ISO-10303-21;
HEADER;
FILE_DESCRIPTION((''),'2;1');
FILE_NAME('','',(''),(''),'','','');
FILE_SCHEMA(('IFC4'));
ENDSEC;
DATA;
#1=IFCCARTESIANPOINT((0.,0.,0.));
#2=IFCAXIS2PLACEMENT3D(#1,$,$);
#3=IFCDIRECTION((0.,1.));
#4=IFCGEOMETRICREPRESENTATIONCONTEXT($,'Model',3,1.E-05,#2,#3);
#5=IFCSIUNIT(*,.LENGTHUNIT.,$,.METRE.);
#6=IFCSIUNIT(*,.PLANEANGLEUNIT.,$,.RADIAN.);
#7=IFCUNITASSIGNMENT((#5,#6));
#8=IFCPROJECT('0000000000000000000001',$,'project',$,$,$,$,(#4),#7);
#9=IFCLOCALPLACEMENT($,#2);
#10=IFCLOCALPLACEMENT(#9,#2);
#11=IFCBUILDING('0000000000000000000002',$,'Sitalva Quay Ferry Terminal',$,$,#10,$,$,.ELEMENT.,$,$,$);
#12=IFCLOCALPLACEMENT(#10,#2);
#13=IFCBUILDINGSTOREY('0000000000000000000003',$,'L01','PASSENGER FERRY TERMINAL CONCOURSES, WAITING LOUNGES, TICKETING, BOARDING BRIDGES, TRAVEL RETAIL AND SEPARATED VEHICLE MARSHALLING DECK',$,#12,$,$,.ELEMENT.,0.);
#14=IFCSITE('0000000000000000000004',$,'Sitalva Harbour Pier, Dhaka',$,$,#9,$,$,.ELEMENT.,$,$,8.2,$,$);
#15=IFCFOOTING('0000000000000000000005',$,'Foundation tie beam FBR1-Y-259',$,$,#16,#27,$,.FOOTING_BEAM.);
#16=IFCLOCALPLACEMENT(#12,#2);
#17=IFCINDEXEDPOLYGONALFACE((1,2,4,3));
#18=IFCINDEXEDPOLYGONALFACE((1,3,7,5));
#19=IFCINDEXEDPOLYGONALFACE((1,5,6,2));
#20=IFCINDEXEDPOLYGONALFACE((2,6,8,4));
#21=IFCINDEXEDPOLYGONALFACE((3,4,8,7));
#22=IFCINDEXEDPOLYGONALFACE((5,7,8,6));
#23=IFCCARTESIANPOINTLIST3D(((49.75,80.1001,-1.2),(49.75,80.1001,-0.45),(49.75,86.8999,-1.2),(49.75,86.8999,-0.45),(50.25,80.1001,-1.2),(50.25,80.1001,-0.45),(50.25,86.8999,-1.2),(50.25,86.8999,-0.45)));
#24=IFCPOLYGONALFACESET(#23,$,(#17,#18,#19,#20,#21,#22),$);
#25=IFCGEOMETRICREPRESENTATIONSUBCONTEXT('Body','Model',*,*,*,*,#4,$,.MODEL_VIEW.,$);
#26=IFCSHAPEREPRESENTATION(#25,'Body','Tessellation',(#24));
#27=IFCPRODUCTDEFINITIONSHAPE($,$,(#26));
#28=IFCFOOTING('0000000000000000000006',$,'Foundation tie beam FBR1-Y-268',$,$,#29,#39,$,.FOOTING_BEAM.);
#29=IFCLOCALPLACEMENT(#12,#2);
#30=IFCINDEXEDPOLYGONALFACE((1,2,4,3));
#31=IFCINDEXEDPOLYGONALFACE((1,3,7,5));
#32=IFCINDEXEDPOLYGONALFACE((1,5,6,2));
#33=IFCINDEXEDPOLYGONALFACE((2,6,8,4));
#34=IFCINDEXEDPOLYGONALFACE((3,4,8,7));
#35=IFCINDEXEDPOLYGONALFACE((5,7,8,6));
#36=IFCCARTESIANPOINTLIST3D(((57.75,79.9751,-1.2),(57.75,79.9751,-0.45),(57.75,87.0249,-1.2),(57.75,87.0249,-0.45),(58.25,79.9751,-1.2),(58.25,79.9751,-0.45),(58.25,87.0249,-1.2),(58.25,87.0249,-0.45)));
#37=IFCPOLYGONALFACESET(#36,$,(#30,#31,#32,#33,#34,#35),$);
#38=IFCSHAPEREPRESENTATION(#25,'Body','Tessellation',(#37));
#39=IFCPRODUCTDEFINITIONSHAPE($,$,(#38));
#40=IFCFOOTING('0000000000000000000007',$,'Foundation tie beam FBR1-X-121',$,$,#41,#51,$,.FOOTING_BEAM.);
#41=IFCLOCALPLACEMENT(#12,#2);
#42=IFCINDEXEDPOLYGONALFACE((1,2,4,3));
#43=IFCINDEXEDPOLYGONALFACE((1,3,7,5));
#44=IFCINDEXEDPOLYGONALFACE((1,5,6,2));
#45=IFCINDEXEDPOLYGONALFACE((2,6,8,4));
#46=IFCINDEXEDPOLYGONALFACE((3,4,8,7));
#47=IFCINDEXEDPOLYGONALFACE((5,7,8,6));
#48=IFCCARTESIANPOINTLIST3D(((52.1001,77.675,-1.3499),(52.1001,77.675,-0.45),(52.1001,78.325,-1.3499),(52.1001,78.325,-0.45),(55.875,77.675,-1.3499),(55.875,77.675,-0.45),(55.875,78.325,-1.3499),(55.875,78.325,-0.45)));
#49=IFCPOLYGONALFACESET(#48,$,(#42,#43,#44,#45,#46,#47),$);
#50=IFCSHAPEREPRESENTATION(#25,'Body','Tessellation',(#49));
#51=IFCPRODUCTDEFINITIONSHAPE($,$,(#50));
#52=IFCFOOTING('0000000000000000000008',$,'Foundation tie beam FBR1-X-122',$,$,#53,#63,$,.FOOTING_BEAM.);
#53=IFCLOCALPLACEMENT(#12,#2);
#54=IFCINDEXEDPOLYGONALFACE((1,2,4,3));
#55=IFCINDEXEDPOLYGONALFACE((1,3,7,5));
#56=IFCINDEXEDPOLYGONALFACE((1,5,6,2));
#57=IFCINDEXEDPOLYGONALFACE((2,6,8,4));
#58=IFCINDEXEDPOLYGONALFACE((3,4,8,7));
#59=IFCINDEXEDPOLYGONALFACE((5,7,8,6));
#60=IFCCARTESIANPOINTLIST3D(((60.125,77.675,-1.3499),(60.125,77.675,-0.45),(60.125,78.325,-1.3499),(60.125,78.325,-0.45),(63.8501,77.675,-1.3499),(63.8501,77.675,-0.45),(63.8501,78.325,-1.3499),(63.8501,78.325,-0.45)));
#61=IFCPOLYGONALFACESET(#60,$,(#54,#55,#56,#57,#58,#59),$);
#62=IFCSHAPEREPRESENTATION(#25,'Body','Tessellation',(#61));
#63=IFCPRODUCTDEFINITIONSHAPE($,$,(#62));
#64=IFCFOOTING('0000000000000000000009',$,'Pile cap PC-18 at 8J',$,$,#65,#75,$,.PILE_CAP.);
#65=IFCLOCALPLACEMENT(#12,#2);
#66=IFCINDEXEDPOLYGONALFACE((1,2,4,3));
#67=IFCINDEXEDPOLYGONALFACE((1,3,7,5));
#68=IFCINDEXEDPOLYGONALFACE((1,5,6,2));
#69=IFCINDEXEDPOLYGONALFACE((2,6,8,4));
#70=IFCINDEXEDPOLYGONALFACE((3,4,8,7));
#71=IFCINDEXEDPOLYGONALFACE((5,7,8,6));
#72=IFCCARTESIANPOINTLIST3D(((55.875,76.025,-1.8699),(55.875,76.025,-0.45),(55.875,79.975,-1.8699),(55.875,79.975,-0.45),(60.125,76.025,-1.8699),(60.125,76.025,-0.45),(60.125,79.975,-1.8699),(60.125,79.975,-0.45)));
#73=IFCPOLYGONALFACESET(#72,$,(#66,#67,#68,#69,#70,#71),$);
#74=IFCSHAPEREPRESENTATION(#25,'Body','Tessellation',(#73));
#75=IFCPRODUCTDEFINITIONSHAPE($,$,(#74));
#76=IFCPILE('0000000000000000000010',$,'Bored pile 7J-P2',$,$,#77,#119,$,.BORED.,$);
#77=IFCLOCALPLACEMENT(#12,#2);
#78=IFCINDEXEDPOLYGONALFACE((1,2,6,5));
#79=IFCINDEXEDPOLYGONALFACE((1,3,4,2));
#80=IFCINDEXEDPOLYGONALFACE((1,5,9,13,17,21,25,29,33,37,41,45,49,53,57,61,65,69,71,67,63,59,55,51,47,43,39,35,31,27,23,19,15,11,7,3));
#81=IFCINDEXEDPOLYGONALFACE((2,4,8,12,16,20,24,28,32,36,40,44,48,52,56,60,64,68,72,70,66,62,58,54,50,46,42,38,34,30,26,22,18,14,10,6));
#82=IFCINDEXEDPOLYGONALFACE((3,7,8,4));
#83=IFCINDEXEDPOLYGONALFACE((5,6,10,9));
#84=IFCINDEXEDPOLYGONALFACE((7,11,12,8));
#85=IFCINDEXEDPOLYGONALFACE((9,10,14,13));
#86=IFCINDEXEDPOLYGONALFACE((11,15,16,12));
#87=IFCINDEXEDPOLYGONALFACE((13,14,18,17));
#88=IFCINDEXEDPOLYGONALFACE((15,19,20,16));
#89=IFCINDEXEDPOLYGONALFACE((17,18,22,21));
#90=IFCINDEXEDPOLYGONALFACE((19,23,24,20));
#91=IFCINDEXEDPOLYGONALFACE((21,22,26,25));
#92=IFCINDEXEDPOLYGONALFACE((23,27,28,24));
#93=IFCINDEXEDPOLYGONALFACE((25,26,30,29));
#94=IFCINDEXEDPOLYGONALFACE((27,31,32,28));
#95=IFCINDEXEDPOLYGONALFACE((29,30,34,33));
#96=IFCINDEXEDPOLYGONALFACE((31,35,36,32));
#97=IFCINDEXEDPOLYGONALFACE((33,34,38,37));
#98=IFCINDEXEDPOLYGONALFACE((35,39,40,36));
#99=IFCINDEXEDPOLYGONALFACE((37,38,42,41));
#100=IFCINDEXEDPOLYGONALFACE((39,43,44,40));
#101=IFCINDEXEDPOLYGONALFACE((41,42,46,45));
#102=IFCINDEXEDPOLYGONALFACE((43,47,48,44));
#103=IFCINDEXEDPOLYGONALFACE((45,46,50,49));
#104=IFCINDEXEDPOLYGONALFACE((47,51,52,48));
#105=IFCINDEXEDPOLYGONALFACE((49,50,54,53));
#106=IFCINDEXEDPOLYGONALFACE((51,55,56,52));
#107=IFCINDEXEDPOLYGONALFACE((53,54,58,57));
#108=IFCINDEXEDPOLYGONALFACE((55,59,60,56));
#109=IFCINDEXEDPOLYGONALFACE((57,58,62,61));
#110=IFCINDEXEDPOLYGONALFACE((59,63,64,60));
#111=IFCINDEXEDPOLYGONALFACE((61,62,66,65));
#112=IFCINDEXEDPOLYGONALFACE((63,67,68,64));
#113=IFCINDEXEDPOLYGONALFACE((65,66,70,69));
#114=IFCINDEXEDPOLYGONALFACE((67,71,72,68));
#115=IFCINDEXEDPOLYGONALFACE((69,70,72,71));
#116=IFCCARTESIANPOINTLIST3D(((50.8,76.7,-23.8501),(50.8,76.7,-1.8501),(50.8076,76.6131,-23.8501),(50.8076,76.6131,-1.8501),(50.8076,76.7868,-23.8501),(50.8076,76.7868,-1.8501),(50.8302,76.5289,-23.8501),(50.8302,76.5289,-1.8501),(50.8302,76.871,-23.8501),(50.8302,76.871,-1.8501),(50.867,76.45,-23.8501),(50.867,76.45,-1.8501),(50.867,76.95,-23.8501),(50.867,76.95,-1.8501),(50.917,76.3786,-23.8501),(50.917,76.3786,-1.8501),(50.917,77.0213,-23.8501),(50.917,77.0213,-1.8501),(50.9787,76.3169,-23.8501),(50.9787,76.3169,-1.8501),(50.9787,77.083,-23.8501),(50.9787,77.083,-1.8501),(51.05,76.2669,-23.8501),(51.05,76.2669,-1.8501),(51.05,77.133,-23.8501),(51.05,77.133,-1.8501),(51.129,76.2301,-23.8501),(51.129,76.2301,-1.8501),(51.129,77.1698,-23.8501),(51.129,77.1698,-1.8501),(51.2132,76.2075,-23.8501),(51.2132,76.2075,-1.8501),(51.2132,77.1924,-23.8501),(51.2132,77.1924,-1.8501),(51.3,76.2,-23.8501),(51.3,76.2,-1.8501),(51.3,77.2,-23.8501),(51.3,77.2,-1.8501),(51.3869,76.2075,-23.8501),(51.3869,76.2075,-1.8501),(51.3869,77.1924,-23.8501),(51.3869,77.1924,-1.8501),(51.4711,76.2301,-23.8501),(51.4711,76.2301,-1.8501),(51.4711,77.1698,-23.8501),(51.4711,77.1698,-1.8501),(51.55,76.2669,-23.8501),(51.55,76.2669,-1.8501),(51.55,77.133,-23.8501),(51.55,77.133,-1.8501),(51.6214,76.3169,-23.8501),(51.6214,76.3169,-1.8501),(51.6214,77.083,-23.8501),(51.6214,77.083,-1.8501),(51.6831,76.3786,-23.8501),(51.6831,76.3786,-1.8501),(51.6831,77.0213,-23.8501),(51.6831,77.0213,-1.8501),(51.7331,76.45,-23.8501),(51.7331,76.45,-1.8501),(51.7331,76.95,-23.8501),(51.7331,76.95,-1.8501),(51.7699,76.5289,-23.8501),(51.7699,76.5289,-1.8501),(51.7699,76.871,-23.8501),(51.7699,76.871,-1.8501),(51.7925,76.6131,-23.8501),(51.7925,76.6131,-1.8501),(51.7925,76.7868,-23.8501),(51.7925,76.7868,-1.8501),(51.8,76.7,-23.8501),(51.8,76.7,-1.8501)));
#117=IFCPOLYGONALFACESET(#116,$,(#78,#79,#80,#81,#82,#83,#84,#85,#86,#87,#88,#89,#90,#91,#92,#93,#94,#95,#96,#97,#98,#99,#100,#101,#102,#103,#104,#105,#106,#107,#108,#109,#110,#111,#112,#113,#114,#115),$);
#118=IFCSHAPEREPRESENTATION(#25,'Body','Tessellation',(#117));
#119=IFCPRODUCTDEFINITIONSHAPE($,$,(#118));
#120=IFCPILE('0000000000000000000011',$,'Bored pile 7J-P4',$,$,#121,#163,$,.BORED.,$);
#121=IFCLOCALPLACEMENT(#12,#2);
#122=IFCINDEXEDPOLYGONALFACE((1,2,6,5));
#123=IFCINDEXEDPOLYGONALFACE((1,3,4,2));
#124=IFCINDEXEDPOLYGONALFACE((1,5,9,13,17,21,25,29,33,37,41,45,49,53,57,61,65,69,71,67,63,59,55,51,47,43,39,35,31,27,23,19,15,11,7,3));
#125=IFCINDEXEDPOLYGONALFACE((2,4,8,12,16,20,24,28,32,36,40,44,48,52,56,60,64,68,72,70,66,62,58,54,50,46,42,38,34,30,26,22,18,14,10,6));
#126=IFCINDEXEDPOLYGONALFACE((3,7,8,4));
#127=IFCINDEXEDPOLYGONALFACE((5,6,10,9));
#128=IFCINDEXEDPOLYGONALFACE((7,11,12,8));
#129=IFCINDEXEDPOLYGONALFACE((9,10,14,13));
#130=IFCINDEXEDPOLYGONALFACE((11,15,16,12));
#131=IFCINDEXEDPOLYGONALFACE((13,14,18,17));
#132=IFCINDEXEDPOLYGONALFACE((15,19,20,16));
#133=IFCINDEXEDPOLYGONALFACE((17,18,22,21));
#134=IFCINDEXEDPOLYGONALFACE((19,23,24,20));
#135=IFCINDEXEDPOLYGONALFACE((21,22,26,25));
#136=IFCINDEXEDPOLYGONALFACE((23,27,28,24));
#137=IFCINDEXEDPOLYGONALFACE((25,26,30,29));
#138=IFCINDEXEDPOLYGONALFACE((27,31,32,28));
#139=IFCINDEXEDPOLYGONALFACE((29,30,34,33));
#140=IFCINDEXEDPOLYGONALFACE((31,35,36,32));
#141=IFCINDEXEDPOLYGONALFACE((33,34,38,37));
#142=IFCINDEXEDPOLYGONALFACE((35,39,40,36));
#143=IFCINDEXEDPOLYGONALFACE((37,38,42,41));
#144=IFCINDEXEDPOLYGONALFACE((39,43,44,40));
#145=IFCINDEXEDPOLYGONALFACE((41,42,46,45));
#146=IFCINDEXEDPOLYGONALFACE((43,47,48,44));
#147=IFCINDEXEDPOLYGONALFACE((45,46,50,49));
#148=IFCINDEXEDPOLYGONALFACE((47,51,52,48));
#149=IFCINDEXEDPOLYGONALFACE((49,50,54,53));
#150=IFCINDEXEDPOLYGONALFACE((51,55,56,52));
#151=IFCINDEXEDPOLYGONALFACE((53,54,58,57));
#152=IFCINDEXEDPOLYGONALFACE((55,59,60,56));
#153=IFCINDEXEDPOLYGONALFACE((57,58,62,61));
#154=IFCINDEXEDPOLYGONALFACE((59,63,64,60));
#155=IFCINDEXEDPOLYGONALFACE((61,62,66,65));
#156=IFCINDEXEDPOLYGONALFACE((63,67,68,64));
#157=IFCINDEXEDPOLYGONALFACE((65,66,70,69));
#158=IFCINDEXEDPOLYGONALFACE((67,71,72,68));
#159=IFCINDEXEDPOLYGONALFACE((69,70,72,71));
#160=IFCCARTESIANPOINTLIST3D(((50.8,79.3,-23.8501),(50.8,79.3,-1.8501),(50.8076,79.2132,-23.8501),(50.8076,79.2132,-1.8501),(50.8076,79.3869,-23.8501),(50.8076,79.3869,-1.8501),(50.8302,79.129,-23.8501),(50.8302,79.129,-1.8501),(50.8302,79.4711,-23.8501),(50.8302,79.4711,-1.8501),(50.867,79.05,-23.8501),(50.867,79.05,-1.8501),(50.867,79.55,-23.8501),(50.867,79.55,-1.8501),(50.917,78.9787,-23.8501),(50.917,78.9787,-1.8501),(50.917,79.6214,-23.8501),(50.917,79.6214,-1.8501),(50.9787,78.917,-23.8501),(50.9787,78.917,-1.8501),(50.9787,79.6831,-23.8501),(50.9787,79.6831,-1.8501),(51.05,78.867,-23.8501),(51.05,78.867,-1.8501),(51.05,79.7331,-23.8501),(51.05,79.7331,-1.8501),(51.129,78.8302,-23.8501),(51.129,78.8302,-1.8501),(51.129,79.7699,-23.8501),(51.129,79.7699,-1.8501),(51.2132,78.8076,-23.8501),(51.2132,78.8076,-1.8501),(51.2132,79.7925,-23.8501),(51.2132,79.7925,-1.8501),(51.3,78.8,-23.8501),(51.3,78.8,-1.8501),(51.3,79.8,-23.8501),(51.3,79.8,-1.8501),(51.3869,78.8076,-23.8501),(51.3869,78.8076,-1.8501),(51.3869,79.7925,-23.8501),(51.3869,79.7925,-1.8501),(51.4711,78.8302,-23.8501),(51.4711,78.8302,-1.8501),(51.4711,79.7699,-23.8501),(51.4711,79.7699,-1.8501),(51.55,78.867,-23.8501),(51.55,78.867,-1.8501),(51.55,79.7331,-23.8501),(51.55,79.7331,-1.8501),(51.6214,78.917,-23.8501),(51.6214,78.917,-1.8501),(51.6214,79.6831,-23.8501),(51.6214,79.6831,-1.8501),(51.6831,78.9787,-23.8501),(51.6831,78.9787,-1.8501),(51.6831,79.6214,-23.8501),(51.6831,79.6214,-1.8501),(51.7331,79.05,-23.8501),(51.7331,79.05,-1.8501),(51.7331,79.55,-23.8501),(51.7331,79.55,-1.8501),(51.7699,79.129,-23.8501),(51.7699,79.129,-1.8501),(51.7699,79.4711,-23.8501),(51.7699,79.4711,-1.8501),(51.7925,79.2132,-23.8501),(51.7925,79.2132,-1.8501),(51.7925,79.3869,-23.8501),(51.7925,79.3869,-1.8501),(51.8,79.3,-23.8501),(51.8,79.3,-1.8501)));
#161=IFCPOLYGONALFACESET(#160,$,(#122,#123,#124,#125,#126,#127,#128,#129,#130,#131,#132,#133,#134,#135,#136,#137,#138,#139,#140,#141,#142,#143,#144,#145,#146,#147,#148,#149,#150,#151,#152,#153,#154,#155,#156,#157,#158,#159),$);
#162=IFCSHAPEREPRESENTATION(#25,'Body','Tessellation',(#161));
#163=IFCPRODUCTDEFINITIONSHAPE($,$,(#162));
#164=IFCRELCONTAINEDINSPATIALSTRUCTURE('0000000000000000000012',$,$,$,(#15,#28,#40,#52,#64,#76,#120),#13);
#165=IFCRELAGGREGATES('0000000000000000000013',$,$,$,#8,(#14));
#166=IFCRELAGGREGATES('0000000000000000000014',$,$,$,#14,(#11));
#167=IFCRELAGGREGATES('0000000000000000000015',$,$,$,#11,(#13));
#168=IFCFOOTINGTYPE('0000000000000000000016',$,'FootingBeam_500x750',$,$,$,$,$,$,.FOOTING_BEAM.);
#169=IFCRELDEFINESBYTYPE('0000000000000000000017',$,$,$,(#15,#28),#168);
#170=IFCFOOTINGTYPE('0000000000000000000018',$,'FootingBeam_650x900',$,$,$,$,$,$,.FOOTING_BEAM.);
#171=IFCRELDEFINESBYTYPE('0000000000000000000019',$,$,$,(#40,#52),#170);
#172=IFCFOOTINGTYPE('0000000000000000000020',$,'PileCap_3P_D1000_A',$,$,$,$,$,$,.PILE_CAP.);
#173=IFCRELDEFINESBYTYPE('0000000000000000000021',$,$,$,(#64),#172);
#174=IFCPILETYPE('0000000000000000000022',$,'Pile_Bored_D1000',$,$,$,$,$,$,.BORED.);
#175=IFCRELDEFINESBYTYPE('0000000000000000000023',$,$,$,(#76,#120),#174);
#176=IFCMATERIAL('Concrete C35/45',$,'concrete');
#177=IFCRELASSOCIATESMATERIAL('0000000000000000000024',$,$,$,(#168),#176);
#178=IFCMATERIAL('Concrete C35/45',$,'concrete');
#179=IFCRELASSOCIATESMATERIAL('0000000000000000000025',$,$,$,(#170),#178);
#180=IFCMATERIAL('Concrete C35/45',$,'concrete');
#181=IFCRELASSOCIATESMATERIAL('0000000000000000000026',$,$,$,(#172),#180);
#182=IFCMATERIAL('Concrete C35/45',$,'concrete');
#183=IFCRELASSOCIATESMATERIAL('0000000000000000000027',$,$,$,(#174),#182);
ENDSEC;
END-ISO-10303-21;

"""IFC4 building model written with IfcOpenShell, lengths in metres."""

from ifc_helpers import new_model, si_unit, direction, frame, origin, origin_2d, place, context, subcontext, project, spatial, rectangle, circle, extrude, material, material_profile, profile_set, type_object, element, save


model = new_model("IFC4")

# Units and contexts
model_context = context("Model", 3, precision=1e-05, world=origin(), true_north=direction((0.0, 1.0)))
body_context = subcontext(model_context, "Body", "Model", "MODEL_VIEW")
ifc_project = project(units=[si_unit("LENGTHUNIT", "METRE"), si_unit("PLANEANGLEUNIT", "RADIAN")], contexts=[model_context])

# Site, building, storey
site_placement = place(None, origin())
site = spatial("IfcSite", under=ifc_project, at=site_placement, Name="Sitalva Harbour Pier, Dhaka", CompositionType="ELEMENT", RefElevation=8.2)
building_placement = place(site_placement, origin())
building = spatial("IfcBuilding", under=site, at=building_placement, Name="Sitalva Quay Ferry Terminal", CompositionType="ELEMENT")
storey_placement = place(building_placement, origin())
storey = spatial("IfcBuildingStorey", under=building, at=storey_placement, Name="L01", Description="PASSENGER FERRY TERMINAL CONCOURSES, WAITING LOUNGES, TICKETING, BOARDING BRIDGES, TRAVEL RETAIL AND SEPARATED VEHICLE MARSHALLING DECK", CompositionType="ELEMENT", Elevation=0.0)

# Footings
ifc_material_1 = material(Name="Concrete C35/45", Category="concrete")
ifc_material_profile_1 = material_profile(ifc_material_1, rectangle(XDim=0.5, YDim=0.75, at=origin_2d()), Name="RC500x750")
ifc_profile_set_1 = profile_set([ifc_material_profile_1], Name="Concrete C35/45")
footing_type_1 = type_object("IfcFootingType", Name="FootingBeam_500x750", PredefinedType="FOOTING_BEAM", material=ifc_profile_set_1)
footing_1_placement = place(storey_placement, frame((50.0, 80.1001, -0.825), z_axis=(0.0, 1.0, 0.0), x_axis=(-1.0, 0.0, 0.0)))
element("IfcFooting", 1, at=footing_1_placement, inside=storey, type_object=footing_type_1, Name="Foundation tie beam FBR1-Y-259", PredefinedType="FOOTING_BEAM", context=body_context, shape_type="SweptSolid", body=[
    extrude(rectangle(XDim=0.5, YDim=0.75, at=origin_2d()), origin(), (0.0, 0.0, 1.0), 6.7998),
])
footing_2_placement = place(storey_placement, frame((58.0, 79.9751, -0.825), z_axis=(0.0, 1.0, 0.0), x_axis=(-1.0, 0.0, 0.0)))
element("IfcFooting", 2, at=footing_2_placement, inside=storey, type_object=footing_type_1, Name="Foundation tie beam FBR1-Y-268", PredefinedType="FOOTING_BEAM", context=body_context, shape_type="SweptSolid", body=[
    extrude(rectangle(XDim=0.5, YDim=0.75, at=origin_2d()), origin(), (0.0, 0.0, 1.0), 7.0498),
])
ifc_material_2 = material(Name="Concrete C35/45", Category="concrete")
ifc_material_profile_2 = material_profile(ifc_material_2, rectangle(XDim=0.6499, YDim=0.8999, at=origin_2d()), Name="RC650x900")
ifc_profile_set_2 = profile_set([ifc_material_profile_2], Name="Concrete C35/45")
footing_type_2 = type_object("IfcFootingType", Name="FootingBeam_650x900", PredefinedType="FOOTING_BEAM", material=ifc_profile_set_2)
footing_3_placement = place(storey_placement, frame((52.1001, 78.0, -0.8999), z_axis=(1.0, 0.0, 0.0), x_axis=(0.0, 1.0, 0.0)))
element("IfcFooting", 3, at=footing_3_placement, inside=storey, type_object=footing_type_2, Name="Foundation tie beam FBR1-X-121", PredefinedType="FOOTING_BEAM", context=body_context, shape_type="SweptSolid", body=[
    extrude(rectangle(XDim=0.6499, YDim=0.8999, at=origin_2d()), origin(), (0.0, 0.0, 1.0), 3.7749),
])
footing_4_placement = place(storey_placement, frame((60.125, 78.0, -0.8999), z_axis=(1.0, 0.0, 0.0), x_axis=(0.0, 1.0, 0.0)))
element("IfcFooting", 4, at=footing_4_placement, inside=storey, type_object=footing_type_2, Name="Foundation tie beam FBR1-X-122", PredefinedType="FOOTING_BEAM", context=body_context, shape_type="SweptSolid", body=[
    extrude(rectangle(XDim=0.6499, YDim=0.8999, at=origin_2d()), origin(), (0.0, 0.0, 1.0), 3.7251),
])
ifc_material_3 = material(Name="Concrete C35/45", Category="concrete")
footing_type_3 = type_object("IfcFootingType", Name="PileCap_3P_D1000_A", PredefinedType="PILE_CAP", material=ifc_material_3)
footing_5_placement = place(storey_placement, frame((58.0, 78.0, -1.8699), z_axis=(0.0, 0.0, 1.0), x_axis=(1.0, 0.0, 0.0)))
element("IfcFooting", 5, at=footing_5_placement, inside=storey, type_object=footing_type_3, Name="Pile cap PC-18 at 8J", PredefinedType="PILE_CAP", context=body_context, shape_type="SweptSolid", body=[
    extrude(rectangle(XDim=4.25, YDim=3.95, at=origin_2d()), origin(), (0.0, 0.0, 1.0), 1.4199),
])

# Piles
ifc_material_4 = material(Name="Concrete C35/45", Category="concrete")
ifc_material_profile_3 = material_profile(ifc_material_4, circle(Radius=0.5, at=origin_2d()), Name="PILE-D1000")
ifc_profile_set_3 = profile_set([ifc_material_profile_3], Name="Concrete C35/45")
pile_type = type_object("IfcPileType", Name="Pile_Bored_D1000", PredefinedType="BORED", material=ifc_profile_set_3)
for number, where, z_axis, x_axis, name in (
    (6, (51.3, 76.7, -1.8501), (0.0, 0.0, -1.0), (1.0, 0.0, 0.0), "Bored pile 7J-P2"),
    (7, (51.3, 79.3, -1.8501), (0.0, 0.0, -1.0), (1.0, 0.0, 0.0), "Bored pile 7J-P4"),
):
    element("IfcPile", number, at=place(storey_placement, frame(where, z_axis=z_axis, x_axis=x_axis)), inside=storey, type_object=pile_type, Name=name, PredefinedType="BORED", context=body_context, shape_type="SweptSolid", body=[
        extrude(circle(Radius=0.5, at=origin_2d()), origin(), (0.0, 0.0, 1.0), 22.0),
    ])

save(model, "model.ifc")
